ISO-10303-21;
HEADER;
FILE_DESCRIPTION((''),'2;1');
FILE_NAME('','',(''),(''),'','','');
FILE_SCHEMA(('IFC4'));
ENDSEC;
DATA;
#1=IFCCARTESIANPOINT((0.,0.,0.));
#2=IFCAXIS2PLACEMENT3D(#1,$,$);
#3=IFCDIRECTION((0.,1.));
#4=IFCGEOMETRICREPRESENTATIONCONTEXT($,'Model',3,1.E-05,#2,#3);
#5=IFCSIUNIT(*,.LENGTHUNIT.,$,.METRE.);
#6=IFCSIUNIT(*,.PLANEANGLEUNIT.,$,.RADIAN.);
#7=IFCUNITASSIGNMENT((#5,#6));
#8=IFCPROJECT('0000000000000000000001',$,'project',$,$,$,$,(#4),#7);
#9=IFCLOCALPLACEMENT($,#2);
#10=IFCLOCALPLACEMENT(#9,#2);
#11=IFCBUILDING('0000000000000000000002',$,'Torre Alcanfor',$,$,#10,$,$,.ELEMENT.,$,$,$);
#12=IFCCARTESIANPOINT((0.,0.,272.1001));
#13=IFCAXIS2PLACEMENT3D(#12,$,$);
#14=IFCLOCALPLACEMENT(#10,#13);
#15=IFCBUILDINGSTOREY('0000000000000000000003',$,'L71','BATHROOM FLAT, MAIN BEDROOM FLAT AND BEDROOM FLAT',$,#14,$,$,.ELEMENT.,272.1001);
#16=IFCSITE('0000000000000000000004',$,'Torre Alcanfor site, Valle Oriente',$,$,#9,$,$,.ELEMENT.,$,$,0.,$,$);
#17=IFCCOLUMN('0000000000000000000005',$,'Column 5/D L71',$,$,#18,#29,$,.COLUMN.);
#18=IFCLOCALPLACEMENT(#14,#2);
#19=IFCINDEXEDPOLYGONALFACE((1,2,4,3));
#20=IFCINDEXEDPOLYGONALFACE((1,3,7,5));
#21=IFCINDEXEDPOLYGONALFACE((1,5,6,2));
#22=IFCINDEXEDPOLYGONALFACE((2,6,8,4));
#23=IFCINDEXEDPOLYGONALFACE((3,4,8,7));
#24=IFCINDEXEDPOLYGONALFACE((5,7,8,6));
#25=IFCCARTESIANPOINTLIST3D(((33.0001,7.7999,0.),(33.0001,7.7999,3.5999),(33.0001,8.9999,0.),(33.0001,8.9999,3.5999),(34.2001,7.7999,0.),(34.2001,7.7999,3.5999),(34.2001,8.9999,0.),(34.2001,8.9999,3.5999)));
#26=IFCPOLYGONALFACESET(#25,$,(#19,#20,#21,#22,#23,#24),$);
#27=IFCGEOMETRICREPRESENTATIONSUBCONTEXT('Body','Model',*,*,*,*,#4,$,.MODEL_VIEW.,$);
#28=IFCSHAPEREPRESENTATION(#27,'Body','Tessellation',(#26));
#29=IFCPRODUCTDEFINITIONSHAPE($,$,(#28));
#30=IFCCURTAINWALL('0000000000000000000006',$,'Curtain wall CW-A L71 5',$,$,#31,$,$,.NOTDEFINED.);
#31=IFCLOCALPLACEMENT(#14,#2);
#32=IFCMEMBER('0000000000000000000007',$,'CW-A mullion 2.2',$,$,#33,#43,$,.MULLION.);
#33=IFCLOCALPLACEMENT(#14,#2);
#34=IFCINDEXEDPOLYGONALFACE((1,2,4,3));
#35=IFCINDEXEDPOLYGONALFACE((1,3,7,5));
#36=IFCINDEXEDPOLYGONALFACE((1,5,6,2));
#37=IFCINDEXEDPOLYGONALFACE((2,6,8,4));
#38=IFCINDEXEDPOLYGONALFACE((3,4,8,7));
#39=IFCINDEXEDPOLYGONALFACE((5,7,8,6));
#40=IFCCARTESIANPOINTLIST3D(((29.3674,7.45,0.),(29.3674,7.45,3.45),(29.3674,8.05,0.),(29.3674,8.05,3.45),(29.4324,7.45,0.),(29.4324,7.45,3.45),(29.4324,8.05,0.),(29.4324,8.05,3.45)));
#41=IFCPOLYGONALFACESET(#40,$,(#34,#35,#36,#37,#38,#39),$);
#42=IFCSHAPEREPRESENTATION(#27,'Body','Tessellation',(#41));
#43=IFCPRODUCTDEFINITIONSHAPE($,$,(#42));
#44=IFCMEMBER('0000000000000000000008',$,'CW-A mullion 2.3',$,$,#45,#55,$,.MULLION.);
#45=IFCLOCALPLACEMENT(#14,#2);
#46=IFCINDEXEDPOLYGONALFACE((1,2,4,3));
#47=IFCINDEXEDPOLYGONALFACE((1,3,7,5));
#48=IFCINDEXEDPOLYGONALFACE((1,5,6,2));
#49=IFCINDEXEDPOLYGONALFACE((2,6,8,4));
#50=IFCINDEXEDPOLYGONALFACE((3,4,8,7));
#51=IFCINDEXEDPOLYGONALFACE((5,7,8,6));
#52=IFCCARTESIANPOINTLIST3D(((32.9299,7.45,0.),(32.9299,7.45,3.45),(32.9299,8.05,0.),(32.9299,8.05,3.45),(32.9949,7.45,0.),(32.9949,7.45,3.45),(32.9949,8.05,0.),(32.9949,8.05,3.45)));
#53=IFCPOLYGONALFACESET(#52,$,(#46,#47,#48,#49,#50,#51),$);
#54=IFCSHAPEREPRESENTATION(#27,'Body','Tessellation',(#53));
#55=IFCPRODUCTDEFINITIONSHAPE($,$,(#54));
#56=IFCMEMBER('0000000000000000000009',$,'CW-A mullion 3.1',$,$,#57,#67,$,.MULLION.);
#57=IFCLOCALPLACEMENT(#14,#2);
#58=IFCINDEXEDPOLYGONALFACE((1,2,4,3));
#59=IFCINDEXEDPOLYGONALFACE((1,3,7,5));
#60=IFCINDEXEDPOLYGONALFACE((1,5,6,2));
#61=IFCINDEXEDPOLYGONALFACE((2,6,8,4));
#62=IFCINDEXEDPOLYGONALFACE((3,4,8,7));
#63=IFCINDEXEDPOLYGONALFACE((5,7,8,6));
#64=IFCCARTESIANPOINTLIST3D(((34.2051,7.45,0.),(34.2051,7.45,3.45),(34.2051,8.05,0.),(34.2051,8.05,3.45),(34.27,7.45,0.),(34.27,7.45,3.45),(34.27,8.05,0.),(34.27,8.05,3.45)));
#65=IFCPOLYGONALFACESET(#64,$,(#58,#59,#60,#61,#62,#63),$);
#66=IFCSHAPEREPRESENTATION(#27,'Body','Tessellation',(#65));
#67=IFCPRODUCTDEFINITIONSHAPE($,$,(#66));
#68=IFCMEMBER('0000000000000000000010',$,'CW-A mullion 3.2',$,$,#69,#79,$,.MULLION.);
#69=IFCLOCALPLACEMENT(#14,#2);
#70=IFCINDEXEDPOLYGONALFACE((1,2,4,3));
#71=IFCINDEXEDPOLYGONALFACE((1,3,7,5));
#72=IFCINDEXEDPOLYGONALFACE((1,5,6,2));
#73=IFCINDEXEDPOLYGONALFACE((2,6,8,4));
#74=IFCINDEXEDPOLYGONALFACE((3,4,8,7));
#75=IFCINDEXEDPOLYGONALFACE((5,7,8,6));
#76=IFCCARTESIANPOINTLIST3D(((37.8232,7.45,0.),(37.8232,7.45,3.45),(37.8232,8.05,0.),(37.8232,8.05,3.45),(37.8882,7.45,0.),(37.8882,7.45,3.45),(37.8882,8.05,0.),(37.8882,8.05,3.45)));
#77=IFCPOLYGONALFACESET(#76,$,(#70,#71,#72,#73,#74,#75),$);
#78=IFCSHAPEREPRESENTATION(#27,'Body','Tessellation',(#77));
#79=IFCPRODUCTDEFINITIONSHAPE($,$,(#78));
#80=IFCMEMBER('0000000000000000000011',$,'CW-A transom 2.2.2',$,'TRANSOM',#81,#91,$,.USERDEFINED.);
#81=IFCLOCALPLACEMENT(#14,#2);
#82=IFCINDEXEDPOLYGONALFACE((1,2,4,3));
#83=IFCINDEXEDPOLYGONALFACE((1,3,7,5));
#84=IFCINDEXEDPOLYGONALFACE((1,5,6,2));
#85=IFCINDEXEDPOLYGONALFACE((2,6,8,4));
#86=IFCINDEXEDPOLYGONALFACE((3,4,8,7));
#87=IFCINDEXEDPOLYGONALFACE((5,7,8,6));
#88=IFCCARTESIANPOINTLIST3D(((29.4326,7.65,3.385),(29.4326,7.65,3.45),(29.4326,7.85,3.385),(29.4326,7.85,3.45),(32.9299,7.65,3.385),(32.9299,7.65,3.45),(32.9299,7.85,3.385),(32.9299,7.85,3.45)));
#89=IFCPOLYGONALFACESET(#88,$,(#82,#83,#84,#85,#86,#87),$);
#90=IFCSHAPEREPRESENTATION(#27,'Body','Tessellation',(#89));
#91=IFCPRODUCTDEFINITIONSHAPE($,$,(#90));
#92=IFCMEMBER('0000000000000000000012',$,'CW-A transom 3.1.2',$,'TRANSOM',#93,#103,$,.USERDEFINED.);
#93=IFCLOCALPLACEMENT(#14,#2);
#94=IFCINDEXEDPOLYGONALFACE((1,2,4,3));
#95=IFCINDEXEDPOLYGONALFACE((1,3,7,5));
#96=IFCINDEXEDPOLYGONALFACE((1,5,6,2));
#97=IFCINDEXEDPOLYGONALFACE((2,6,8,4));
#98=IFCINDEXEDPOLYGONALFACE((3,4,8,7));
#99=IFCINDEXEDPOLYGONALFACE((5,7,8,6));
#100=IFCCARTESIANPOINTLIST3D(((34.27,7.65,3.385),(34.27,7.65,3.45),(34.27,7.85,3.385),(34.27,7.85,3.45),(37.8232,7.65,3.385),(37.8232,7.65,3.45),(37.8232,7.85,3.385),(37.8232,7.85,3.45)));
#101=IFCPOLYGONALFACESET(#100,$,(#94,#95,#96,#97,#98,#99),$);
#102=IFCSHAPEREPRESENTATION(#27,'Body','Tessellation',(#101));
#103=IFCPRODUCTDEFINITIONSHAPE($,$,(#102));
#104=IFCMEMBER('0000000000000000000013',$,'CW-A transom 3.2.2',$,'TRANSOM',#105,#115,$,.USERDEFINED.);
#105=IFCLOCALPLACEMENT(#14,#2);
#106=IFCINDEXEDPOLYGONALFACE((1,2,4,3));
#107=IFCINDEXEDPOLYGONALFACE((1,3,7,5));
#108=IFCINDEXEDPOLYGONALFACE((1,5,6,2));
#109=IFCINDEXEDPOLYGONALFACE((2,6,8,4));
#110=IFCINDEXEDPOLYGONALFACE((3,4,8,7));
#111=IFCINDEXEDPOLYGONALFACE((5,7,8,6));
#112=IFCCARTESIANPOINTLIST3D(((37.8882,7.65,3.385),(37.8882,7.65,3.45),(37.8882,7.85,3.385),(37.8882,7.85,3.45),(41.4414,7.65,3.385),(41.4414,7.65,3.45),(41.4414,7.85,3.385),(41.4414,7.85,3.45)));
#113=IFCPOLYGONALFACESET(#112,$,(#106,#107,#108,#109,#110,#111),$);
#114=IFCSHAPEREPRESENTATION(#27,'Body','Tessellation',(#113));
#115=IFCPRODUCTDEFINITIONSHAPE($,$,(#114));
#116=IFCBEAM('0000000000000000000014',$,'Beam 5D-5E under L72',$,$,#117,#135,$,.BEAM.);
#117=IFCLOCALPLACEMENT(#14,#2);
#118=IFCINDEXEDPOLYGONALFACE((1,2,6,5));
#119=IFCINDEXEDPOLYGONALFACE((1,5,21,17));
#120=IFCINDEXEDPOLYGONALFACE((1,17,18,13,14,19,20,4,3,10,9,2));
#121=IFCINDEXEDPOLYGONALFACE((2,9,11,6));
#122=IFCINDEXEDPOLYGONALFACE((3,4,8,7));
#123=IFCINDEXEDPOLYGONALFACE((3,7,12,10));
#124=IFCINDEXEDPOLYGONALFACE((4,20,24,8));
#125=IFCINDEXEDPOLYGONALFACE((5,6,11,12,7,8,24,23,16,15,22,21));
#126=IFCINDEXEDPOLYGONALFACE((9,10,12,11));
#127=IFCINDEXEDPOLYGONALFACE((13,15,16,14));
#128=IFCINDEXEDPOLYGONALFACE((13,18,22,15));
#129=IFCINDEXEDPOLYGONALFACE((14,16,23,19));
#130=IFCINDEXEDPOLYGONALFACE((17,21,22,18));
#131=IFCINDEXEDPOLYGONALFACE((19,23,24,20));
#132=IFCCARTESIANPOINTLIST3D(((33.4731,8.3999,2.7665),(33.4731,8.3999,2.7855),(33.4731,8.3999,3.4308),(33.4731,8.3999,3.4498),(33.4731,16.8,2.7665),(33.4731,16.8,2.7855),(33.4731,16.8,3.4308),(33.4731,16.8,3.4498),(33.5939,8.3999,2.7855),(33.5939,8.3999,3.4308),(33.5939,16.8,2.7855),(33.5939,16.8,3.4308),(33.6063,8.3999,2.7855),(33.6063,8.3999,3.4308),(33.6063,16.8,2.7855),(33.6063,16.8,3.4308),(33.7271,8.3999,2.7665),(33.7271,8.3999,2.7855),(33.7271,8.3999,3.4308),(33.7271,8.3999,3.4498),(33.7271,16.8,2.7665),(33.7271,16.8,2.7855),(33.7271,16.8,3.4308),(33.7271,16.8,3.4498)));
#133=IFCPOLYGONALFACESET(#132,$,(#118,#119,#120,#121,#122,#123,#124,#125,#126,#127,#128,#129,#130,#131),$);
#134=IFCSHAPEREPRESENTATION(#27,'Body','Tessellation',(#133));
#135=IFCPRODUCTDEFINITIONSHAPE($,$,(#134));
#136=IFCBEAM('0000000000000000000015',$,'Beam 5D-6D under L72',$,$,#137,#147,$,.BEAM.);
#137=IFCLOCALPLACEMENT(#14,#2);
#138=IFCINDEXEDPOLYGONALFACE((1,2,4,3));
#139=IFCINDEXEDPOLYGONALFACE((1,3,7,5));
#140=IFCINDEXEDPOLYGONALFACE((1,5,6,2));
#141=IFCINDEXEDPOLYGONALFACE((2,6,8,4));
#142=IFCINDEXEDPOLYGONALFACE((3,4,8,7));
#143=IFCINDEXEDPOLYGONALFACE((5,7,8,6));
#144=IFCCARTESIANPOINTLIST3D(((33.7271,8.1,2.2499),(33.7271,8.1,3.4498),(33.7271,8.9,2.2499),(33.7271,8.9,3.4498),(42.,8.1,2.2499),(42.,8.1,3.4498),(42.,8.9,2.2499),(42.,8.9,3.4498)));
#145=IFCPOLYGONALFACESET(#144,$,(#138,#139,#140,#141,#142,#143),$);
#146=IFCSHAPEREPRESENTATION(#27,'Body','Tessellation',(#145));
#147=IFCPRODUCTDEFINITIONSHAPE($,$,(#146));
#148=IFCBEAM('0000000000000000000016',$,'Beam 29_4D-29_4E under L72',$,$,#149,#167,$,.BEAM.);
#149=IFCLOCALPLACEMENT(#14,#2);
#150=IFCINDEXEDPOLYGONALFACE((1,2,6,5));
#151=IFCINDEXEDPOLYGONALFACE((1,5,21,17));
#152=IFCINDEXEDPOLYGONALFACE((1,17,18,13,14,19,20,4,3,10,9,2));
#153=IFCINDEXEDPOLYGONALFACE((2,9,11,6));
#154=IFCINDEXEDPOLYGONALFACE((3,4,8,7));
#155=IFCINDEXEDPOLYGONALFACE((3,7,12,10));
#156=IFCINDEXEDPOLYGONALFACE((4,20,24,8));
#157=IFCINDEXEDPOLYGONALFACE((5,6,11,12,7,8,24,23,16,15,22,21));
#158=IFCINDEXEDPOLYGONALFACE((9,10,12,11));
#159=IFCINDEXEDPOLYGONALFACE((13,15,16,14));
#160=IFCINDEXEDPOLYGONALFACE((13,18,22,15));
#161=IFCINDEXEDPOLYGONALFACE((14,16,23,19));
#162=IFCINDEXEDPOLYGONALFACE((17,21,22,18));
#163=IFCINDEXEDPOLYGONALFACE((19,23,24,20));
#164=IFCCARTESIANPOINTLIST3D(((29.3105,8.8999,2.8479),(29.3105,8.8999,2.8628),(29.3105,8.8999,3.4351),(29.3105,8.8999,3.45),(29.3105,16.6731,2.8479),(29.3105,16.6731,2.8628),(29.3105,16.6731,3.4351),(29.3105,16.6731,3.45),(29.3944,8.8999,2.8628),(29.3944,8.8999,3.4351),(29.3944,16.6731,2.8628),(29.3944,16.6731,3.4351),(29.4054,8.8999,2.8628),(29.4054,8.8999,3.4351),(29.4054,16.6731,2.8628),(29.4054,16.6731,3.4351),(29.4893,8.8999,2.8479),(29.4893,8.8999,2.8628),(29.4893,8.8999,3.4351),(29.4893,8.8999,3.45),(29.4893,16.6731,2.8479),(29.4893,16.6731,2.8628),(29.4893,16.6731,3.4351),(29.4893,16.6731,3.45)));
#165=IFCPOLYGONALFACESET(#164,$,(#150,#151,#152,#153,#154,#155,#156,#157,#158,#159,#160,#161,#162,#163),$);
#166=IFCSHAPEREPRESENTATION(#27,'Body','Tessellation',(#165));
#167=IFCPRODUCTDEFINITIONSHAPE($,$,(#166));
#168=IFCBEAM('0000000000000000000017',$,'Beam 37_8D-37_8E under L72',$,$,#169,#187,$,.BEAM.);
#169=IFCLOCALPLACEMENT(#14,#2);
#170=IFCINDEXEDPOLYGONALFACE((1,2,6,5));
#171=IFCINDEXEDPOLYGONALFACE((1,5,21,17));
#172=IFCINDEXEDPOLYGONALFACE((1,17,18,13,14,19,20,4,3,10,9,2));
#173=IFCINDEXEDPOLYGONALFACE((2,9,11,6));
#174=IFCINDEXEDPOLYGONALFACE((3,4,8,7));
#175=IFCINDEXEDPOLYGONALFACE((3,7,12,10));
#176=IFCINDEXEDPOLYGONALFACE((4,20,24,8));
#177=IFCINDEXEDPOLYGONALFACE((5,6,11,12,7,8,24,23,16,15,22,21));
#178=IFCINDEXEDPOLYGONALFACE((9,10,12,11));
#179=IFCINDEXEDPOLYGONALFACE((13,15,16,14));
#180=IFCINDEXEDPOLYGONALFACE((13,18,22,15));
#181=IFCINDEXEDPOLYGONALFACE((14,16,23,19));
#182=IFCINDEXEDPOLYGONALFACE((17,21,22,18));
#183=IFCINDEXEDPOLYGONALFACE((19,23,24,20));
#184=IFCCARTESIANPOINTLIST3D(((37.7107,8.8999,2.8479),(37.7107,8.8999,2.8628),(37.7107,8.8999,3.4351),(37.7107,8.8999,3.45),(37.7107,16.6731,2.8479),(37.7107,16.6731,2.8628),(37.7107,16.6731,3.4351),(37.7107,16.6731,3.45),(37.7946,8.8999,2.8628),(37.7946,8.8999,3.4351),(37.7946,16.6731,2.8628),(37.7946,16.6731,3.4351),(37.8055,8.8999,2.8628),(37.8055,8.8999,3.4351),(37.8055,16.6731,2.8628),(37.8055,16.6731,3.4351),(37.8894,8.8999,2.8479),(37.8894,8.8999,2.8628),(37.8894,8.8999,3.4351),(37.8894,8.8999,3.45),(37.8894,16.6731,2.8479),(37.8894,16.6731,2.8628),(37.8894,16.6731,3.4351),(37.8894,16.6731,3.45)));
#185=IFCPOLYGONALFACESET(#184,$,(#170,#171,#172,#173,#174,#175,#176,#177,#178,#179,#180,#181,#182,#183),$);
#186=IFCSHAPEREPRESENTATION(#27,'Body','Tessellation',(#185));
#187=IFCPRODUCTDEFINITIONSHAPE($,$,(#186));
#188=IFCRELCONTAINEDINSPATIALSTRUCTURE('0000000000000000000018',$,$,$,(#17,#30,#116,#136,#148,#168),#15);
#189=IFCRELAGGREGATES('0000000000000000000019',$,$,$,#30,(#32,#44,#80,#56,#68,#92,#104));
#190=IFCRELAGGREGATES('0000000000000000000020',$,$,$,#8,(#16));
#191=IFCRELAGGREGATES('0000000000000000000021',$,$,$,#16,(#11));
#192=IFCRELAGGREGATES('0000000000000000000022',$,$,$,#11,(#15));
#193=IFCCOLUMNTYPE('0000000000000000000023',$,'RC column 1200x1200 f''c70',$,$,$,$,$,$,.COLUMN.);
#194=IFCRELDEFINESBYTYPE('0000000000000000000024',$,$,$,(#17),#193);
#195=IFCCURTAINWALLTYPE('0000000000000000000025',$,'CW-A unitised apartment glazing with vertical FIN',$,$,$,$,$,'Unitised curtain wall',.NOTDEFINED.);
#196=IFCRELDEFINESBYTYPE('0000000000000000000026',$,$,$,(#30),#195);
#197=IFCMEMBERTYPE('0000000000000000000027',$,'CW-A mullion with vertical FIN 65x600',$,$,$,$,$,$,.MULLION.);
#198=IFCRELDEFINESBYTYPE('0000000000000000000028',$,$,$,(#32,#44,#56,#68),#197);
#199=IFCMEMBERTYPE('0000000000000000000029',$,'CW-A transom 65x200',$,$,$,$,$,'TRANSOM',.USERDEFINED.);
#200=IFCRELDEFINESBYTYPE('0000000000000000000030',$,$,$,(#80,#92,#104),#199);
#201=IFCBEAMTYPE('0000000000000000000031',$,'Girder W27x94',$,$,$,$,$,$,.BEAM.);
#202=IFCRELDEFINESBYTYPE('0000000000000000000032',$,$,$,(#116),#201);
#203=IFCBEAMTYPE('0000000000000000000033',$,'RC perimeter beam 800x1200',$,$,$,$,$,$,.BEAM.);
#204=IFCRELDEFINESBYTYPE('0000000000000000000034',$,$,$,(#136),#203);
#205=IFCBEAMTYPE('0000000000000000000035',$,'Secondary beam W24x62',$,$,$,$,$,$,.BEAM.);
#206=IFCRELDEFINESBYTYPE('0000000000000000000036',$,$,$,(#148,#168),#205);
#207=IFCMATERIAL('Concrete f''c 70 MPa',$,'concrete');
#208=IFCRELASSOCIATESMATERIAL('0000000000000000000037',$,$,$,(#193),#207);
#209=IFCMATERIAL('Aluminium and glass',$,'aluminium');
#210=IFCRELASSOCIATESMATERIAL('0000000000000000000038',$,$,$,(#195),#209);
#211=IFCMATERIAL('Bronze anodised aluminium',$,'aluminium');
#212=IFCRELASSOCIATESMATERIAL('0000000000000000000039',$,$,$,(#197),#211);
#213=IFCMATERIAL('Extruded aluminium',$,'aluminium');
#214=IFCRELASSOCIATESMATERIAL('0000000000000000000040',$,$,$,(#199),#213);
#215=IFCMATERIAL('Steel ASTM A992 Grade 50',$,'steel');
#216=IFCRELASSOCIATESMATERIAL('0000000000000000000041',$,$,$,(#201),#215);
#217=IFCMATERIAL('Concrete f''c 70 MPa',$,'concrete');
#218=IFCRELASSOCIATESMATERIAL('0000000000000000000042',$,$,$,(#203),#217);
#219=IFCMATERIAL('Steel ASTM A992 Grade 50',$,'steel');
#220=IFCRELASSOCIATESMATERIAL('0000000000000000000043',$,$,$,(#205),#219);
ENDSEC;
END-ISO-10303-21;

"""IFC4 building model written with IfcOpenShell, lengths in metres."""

from ifc_helpers import new_model, si_unit, direction, frame, origin, origin_2d, place, context, subcontext, project, spatial, rectangle, i_section, extrude, material, material_profile, profile_set, type_object, element, aggregate, save


model = new_model("IFC4")

# Units and contexts
model_context = context("Model", 3, precision=1e-05, world=origin(), true_north=direction((0.0, 1.0)))
body_context = subcontext(model_context, "Body", "Model", "MODEL_VIEW")
ifc_project = project(units=[si_unit("LENGTHUNIT", "METRE"), si_unit("PLANEANGLEUNIT", "RADIAN")], contexts=[model_context])

# Site, building, storey
site_placement = place(None, origin())
site = spatial("IfcSite", under=ifc_project, at=site_placement, Name="Torre Alcanfor site, Valle Oriente", CompositionType="ELEMENT", RefElevation=0.0)
building_placement = place(site_placement, origin())
building = spatial("IfcBuilding", under=site, at=building_placement, Name="Torre Alcanfor", CompositionType="ELEMENT")
storey_placement = place(building_placement, frame((0.0, 0.0, 272.1001)))
storey = spatial("IfcBuildingStorey", under=building, at=storey_placement, Name="L71", Description="BATHROOM FLAT, MAIN BEDROOM FLAT AND BEDROOM FLAT", CompositionType="ELEMENT", Elevation=272.1001)

# Column
ifc_material_1 = material(Name="Concrete f'c 70 MPa", Category="concrete")
ifc_material_profile_1 = material_profile(ifc_material_1, rectangle(XDim=1.2, YDim=1.2, at=origin_2d()), Name="1200x1200")
ifc_profile_set_1 = profile_set([ifc_material_profile_1], Name="Concrete f'c 70 MPa")
column_type = type_object("IfcColumnType", Name="RC column 1200x1200 f'c70", PredefinedType="COLUMN", material=ifc_profile_set_1)
column_placement = place(storey_placement, frame((33.6001, 8.3999, 0.0), z_axis=(0.0, 0.0, 1.0), x_axis=(1.0, 0.0, 0.0)))
element("IfcColumn", 1, at=column_placement, inside=storey, type_object=column_type, Name="Column 5/D L71", PredefinedType="COLUMN", context=body_context, shape_type="SweptSolid", body=[
    extrude(rectangle(XDim=1.2, YDim=1.2, at=origin_2d()), origin(), (0.0, 0.0, 1.0), 3.5999),
])

# Curtain wall, members
ifc_material_2 = material(Name="Aluminium and glass", Category="aluminium")
curtain_wall_type = type_object("IfcCurtainWallType", Name="CW-A unitised apartment glazing with vertical FIN", ElementType="Unitised curtain wall", PredefinedType="NOTDEFINED", material=ifc_material_2)
curtain_wall_placement = place(storey_placement, origin())
curtain_wall = element("IfcCurtainWall", 2, at=curtain_wall_placement, inside=storey, type_object=curtain_wall_type, Name="Curtain wall CW-A L71 5", PredefinedType="NOTDEFINED")
ifc_material_3 = material(Name="Bronze anodised aluminium", Category="aluminium")
ifc_material_profile_2 = material_profile(ifc_material_3, rectangle(XDim=0.6001, YDim=0.0649, at=origin_2d()), Name="CW-A mullion 65x600")
ifc_profile_set_2 = profile_set([ifc_material_profile_2], Name="Bronze anodised aluminium")
member_type_1 = type_object("IfcMemberType", Name="CW-A mullion with vertical FIN 65x600", PredefinedType="MULLION", material=ifc_profile_set_2)
member_1_placement = place(storey_placement, frame((29.3999, 7.75, 0.0), z_axis=(0.0, 0.0, 1.0), x_axis=(0.0, 1.0, 0.0)))
member_1 = element("IfcMember", 3, at=member_1_placement, type_object=member_type_1, Name="CW-A mullion 2.2", PredefinedType="MULLION", context=body_context, shape_type="SweptSolid", body=[
    extrude(rectangle(XDim=0.6001, YDim=0.0649, at=origin_2d()), origin(), (0.0, 0.0, 1.0), 3.45),
])
member_2_placement = place(storey_placement, frame((32.9624, 7.75, 0.0), z_axis=(0.0, 0.0, 1.0), x_axis=(0.0, 1.0, 0.0)))
member_2 = element("IfcMember", 4, at=member_2_placement, type_object=member_type_1, Name="CW-A mullion 2.3", PredefinedType="MULLION", context=body_context, shape_type="SweptSolid", body=[
    extrude(rectangle(XDim=0.6001, YDim=0.0649, at=origin_2d()), origin(), (0.0, 0.0, 1.0), 3.45),
])
member_3_placement = place(storey_placement, frame((34.2375, 7.75, 0.0), z_axis=(0.0, 0.0, 1.0), x_axis=(0.0, 1.0, 0.0)))
member_3 = element("IfcMember", 5, at=member_3_placement, type_object=member_type_1, Name="CW-A mullion 3.1", PredefinedType="MULLION", context=body_context, shape_type="SweptSolid", body=[
    extrude(rectangle(XDim=0.6001, YDim=0.0649, at=origin_2d()), origin(), (0.0, 0.0, 1.0), 3.45),
])
member_4_placement = place(storey_placement, frame((37.8557, 7.75, 0.0), z_axis=(0.0, 0.0, 1.0), x_axis=(0.0, 1.0, 0.0)))
member_4 = element("IfcMember", 6, at=member_4_placement, type_object=member_type_1, Name="CW-A mullion 3.2", PredefinedType="MULLION", context=body_context, shape_type="SweptSolid", body=[
    extrude(rectangle(XDim=0.6001, YDim=0.0649, at=origin_2d()), origin(), (0.0, 0.0, 1.0), 3.45),
])
ifc_material_4 = material(Name="Extruded aluminium", Category="aluminium")
ifc_material_profile_3 = material_profile(ifc_material_4, rectangle(XDim=0.2, YDim=0.0649, at=origin_2d()), Name="CW-A transom 200x65")
ifc_profile_set_3 = profile_set([ifc_material_profile_3], Name="Extruded aluminium")
member_type_2 = type_object("IfcMemberType", Name="CW-A transom 65x200", ElementType="TRANSOM", PredefinedType="USERDEFINED", material=ifc_profile_set_3)
member_5_placement = place(storey_placement, frame((29.4326, 7.75, 3.4175), z_axis=(1.0, 0.0, 0.0), x_axis=(0.0, 1.0, 0.0)))
member_5 = element("IfcMember", 7, at=member_5_placement, type_object=member_type_2, Name="CW-A transom 2.2.2", ObjectType="TRANSOM", PredefinedType="USERDEFINED", context=body_context, shape_type="SweptSolid", body=[
    extrude(rectangle(XDim=0.2, YDim=0.0649, at=origin_2d()), origin(), (0.0, 0.0, 1.0), 3.4973),
])
member_6_placement = place(storey_placement, frame((34.27, 7.75, 3.4175), z_axis=(1.0, 0.0, 0.0), x_axis=(0.0, 1.0, 0.0)))
member_6 = element("IfcMember", 8, at=member_6_placement, type_object=member_type_2, Name="CW-A transom 3.1.2", ObjectType="TRANSOM", PredefinedType="USERDEFINED", context=body_context, shape_type="SweptSolid", body=[
    extrude(rectangle(XDim=0.2, YDim=0.0649, at=origin_2d()), origin(), (0.0, 0.0, 1.0), 3.5532),
])
member_7_placement = place(storey_placement, frame((37.8882, 7.75, 3.4175), z_axis=(1.0, 0.0, 0.0), x_axis=(0.0, 1.0, 0.0)))
member_7 = element("IfcMember", 9, at=member_7_placement, type_object=member_type_2, Name="CW-A transom 3.2.2", ObjectType="TRANSOM", PredefinedType="USERDEFINED", context=body_context, shape_type="SweptSolid", body=[
    extrude(rectangle(XDim=0.2, YDim=0.0649, at=origin_2d()), origin(), (0.0, 0.0, 1.0), 3.5532),
])

# Beams
ifc_material_5 = material(Name="Steel ASTM A992 Grade 50", Category="steel")
ifc_material_profile_4 = material_profile(ifc_material_5, i_section(OverallWidth=0.2539, OverallDepth=0.6833, WebThickness=0.0125, FlangeThickness=0.019, at=origin_2d()), Name="W27x94")
ifc_profile_set_4 = profile_set([ifc_material_profile_4], Name="Steel ASTM A992 Grade 50")
beam_type_1 = type_object("IfcBeamType", Name="Girder W27x94", PredefinedType="BEAM", material=ifc_profile_set_4)
beam_1_placement = place(storey_placement, frame((33.6001, 8.3999, 3.1082), z_axis=(0.0, 1.0, 0.0), x_axis=(-1.0, 0.0, 0.0)))
element("IfcBeam", 10, at=beam_1_placement, inside=storey, type_object=beam_type_1, Name="Beam 5D-5E under L72", PredefinedType="BEAM", context=body_context, shape_type="SweptSolid", body=[
    extrude(i_section(OverallWidth=0.2539, OverallDepth=0.6833, WebThickness=0.0125, FlangeThickness=0.019, at=origin_2d()), origin(), (0.0, 0.0, 1.0), 8.4001),
])
ifc_material_6 = material(Name="Concrete f'c 70 MPa", Category="concrete")
ifc_material_profile_5 = material_profile(ifc_material_6, rectangle(XDim=0.8, YDim=1.2, at=origin_2d()), Name="800x1200")
ifc_profile_set_5 = profile_set([ifc_material_profile_5], Name="Concrete f'c 70 MPa")
beam_type_2 = type_object("IfcBeamType", Name="RC perimeter beam 800x1200", PredefinedType="BEAM", material=ifc_profile_set_5)
beam_2_placement = place(storey_placement, frame((33.7271, 8.5, 2.8499), z_axis=(1.0, 0.0, 0.0), x_axis=(0.0, 1.0, 0.0)))
element("IfcBeam", 11, at=beam_2_placement, inside=storey, type_object=beam_type_2, Name="Beam 5D-6D under L72", PredefinedType="BEAM", context=body_context, shape_type="SweptSolid", body=[
    extrude(rectangle(XDim=0.8, YDim=1.2, at=origin_2d()), origin(), (0.0, 0.0, 1.0), 8.2729),
])
ifc_material_7 = material(Name="Steel ASTM A992 Grade 50", Category="steel")
ifc_material_profile_6 = material_profile(ifc_material_7, i_section(OverallWidth=0.1787, OverallDepth=0.6021, WebThickness=0.011, FlangeThickness=0.0149, at=origin_2d()), Name="W24x62")
ifc_profile_set_6 = profile_set([ifc_material_profile_6], Name="Steel ASTM A992 Grade 50")
beam_type_3 = type_object("IfcBeamType", Name="Secondary beam W24x62", PredefinedType="BEAM", material=ifc_profile_set_6)
for number, where, z_axis, x_axis, name in (
    (12, (29.3999, 8.8999, 3.1489), (0.0, 1.0, 0.0), (-1.0, 0.0, 0.0), "Beam 29_4D-29_4E under L72"),
    (13, (37.8, 8.8999, 3.1489), (0.0, 1.0, 0.0), (-1.0, 0.0, 0.0), "Beam 37_8D-37_8E under L72"),
):
    element("IfcBeam", number, at=place(storey_placement, frame(where, z_axis=z_axis, x_axis=x_axis)), inside=storey, type_object=beam_type_3, Name=name, PredefinedType="BEAM", context=body_context, shape_type="SweptSolid", body=[
        extrude(i_section(OverallWidth=0.1787, OverallDepth=0.6021, WebThickness=0.011, FlangeThickness=0.0149, at=origin_2d()), origin(), (0.0, 0.0, 1.0), 7.7732),
    ])

aggregate(curtain_wall, [member_1, member_2, member_5, member_3, member_4, member_6, member_7])

save(model, "model.ifc")
